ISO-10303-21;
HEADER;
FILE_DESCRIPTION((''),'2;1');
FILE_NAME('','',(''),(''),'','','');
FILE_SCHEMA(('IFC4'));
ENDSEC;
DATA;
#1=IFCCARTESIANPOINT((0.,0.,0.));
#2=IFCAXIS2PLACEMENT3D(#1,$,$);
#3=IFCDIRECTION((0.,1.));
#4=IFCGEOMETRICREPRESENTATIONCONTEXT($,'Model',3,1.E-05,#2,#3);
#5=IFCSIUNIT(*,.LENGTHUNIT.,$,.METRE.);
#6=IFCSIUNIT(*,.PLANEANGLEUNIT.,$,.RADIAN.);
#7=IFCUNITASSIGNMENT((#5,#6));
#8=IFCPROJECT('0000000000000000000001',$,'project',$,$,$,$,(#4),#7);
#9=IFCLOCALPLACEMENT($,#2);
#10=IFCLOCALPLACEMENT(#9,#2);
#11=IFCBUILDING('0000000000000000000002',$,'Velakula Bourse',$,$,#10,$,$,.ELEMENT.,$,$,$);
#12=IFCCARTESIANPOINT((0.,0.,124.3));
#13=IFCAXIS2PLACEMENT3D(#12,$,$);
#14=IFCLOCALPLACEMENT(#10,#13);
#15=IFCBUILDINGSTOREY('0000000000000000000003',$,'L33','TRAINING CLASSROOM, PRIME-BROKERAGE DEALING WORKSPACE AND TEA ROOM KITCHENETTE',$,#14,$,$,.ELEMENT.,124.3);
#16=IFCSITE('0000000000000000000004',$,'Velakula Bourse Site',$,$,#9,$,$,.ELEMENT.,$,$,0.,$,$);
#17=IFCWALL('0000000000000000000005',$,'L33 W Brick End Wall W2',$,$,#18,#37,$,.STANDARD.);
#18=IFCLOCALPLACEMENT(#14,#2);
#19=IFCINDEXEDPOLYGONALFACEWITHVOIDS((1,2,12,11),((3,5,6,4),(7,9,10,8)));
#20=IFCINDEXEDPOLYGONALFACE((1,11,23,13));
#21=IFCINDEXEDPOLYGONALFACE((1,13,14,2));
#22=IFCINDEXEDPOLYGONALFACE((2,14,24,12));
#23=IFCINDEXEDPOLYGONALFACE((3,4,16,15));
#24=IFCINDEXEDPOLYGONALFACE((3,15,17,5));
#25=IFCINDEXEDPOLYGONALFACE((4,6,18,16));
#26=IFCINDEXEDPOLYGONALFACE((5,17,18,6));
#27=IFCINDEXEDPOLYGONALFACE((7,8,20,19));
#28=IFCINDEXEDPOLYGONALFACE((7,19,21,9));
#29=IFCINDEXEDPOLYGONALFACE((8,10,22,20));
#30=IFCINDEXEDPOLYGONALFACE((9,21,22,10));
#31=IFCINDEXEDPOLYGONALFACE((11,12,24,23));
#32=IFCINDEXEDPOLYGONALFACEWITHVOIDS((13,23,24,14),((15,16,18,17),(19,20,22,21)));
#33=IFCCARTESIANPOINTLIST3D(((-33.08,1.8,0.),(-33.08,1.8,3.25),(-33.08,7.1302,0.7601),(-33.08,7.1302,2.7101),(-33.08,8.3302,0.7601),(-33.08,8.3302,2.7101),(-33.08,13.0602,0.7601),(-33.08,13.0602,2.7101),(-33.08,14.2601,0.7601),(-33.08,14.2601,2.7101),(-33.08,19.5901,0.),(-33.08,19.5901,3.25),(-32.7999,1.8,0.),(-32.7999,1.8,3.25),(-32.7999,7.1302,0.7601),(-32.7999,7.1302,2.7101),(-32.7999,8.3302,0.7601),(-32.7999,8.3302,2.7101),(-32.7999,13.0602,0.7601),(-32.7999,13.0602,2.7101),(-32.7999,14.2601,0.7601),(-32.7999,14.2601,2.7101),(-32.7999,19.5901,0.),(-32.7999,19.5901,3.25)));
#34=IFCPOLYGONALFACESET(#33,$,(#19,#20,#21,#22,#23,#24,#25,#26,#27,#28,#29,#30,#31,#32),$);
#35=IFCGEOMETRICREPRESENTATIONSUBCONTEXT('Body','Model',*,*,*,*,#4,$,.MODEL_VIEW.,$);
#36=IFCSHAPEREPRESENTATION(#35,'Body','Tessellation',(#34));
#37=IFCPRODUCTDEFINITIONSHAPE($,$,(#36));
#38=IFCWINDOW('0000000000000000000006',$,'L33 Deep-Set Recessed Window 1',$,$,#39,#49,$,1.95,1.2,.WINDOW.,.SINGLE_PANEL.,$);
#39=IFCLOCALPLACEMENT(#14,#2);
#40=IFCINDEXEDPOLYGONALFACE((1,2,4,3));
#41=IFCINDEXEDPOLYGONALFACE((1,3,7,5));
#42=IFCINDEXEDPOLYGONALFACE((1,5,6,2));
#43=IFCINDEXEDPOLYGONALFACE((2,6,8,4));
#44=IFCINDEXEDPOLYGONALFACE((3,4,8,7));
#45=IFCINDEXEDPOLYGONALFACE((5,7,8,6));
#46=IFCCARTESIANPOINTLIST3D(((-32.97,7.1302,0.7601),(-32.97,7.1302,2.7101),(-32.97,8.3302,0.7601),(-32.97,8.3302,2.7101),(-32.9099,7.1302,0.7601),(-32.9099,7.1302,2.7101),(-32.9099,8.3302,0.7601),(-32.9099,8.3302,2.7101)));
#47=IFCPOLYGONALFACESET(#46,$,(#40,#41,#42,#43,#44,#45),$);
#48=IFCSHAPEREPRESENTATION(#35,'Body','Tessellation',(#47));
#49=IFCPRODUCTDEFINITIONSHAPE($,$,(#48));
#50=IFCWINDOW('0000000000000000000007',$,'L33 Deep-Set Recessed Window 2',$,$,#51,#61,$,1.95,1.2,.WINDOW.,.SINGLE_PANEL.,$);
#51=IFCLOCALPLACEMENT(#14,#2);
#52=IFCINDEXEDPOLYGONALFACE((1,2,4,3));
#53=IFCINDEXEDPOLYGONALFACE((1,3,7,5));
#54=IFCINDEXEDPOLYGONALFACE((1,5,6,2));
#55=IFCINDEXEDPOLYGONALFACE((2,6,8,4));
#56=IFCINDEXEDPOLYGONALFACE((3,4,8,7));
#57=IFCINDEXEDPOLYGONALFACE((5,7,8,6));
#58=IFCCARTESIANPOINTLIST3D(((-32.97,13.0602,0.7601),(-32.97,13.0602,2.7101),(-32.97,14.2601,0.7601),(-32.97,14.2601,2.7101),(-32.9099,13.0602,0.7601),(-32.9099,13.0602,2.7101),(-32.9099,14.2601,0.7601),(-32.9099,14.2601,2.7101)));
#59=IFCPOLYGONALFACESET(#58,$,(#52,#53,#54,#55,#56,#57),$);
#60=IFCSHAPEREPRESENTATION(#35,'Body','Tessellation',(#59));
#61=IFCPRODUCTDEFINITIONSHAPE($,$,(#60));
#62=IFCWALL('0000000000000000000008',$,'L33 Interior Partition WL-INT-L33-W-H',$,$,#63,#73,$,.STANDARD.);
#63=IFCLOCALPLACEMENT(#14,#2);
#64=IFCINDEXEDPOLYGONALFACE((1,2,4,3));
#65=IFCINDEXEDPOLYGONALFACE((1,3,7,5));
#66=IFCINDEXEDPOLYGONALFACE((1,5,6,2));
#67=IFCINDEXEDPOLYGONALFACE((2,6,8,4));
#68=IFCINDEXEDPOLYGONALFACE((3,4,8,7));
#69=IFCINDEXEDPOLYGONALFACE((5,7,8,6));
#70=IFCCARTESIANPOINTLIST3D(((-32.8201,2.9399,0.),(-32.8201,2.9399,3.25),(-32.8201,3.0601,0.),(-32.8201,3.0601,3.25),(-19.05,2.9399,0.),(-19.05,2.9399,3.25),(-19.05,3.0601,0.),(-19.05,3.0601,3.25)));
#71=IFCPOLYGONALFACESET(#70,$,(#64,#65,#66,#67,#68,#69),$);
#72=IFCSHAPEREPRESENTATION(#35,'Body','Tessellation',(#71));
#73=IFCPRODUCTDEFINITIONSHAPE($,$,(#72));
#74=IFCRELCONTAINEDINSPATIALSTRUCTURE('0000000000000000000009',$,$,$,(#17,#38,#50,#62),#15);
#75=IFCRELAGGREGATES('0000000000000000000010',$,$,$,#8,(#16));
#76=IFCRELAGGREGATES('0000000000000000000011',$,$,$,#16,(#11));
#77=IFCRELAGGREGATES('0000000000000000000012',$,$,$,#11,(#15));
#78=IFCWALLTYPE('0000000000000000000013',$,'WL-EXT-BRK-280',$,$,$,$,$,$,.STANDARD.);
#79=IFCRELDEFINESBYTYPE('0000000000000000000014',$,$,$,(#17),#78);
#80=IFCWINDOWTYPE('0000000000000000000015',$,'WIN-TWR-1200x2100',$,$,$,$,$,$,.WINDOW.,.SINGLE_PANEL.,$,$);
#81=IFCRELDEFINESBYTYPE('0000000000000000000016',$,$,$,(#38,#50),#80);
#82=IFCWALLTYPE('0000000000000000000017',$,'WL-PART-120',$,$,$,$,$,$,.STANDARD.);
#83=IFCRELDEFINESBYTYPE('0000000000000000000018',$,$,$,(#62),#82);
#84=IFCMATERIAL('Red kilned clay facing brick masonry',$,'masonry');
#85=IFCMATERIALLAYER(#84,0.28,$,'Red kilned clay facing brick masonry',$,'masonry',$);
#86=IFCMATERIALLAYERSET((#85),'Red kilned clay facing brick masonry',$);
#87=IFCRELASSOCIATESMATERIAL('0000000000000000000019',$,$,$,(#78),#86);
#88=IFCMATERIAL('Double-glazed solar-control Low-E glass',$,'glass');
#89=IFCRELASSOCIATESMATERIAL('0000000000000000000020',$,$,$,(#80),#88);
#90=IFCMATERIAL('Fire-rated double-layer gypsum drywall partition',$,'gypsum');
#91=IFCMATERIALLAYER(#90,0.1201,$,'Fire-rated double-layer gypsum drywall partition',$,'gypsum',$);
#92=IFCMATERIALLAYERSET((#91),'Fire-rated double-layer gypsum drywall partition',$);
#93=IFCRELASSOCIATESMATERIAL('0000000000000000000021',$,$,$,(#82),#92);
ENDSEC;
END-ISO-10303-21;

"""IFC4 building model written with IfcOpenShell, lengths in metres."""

from ifc_helpers import new_model, si_unit, direction, frame, frame_2d, origin, place, context, subcontext, project, spatial, rectangle, extrude, material, layer, layer_set, type_object, element, fill, save


model = new_model("IFC4")

# Units and contexts
model_context = context("Model", 3, precision=1e-05, world=origin(), true_north=direction((0.0, 1.0)))
body_context = subcontext(model_context, "Body", "Model", "MODEL_VIEW")
ifc_project = project(units=[si_unit("LENGTHUNIT", "METRE"), si_unit("PLANEANGLEUNIT", "RADIAN")], contexts=[model_context])

# Site, building, storey
site_placement = place(None, origin())
site = spatial("IfcSite", under=ifc_project, at=site_placement, Name="Velakula Bourse Site", CompositionType="ELEMENT", RefElevation=0.0)
building_placement = place(site_placement, origin())
building = spatial("IfcBuilding", under=site, at=building_placement, Name="Velakula Bourse", CompositionType="ELEMENT")
storey_placement = place(building_placement, frame((0.0, 0.0, 124.3)))
storey = spatial("IfcBuildingStorey", under=building, at=storey_placement, Name="L33", Description="TRAINING CLASSROOM, PRIME-BROKERAGE DEALING WORKSPACE AND TEA ROOM KITCHENETTE", CompositionType="ELEMENT", Elevation=124.3)

# Wall, openings, windows
ifc_material_1 = material(Name="Red kilned clay facing brick masonry", Category="masonry")
ifc_layer_1 = layer(ifc_material_1, 0.28, Name="Red kilned clay facing brick masonry", Category="masonry")
ifc_layer_set_1 = layer_set([ifc_layer_1], Name="Red kilned clay facing brick masonry")
wall_type_1 = type_object("IfcWallType", Name="WL-EXT-BRK-280", PredefinedType="STANDARD", material=ifc_layer_set_1)
wall_1_placement = place(storey_placement, frame((-32.9399, 1.8, 0.0), z_axis=(0.0, 0.0, 1.0), x_axis=(0.0, 1.0, 0.0)))
wall_1 = element("IfcWall", 1, at=wall_1_placement, inside=storey, type_object=wall_type_1, Name="L33 W Brick End Wall W2", PredefinedType="STANDARD", context=body_context, shape_type="SweptSolid", body=[
    extrude(rectangle(XDim=17.79, YDim=0.28, at=frame_2d((8.895, 0.0))), origin(), (0.0, 0.0, 1.0), 3.25),
])
opening_1_placement = place(wall_1_placement, frame((5.3301, 0.0, 0.76)))
opening_1 = element("IfcOpeningElement", 2, at=opening_1_placement, cuts=wall_1, PredefinedType="OPENING", context=body_context, shape_type="SweptSolid", body=[
    extrude(rectangle(XDim=1.2, YDim=1.95, at=frame_2d((0.6001, 0.9751))), frame((0.0, 0.1499, 0.0), z_axis=(0.0, -1.0, 0.0), x_axis=(1.0, 0.0, 0.0)), (0.0, 0.0, 1.0), 0.3),
])
opening_2_placement = place(wall_1_placement, frame((11.26, 0.0, 0.76)))
opening_2 = element("IfcOpeningElement", 3, at=opening_2_placement, cuts=wall_1, PredefinedType="OPENING", context=body_context, shape_type="SweptSolid", body=[
    extrude(rectangle(XDim=1.2, YDim=1.95, at=frame_2d((0.6001, 0.9751))), frame((0.0, 0.1499, 0.0), z_axis=(0.0, -1.0, 0.0), x_axis=(1.0, 0.0, 0.0)), (0.0, 0.0, 1.0), 0.3),
])
ifc_material_2 = material(Name="Double-glazed solar-control Low-E glass", Category="glass")
window_type = type_object("IfcWindowType", Name="WIN-TWR-1200x2100", PartitioningType="SINGLE_PANEL", PredefinedType="WINDOW", material=ifc_material_2)
window_1_placement = place(opening_1_placement, origin())
window_1 = element("IfcWindow", 4, at=window_1_placement, inside=storey, type_object=window_type, Name="L33 Deep-Set Recessed Window 1", OverallHeight=1.95, OverallWidth=1.2, PartitioningType="SINGLE_PANEL", PredefinedType="WINDOW", context=body_context, shape_type="SweptSolid", body=[
    extrude(rectangle(XDim=1.2, YDim=1.95, at=frame_2d((0.6001, 0.9751))), frame((0.0, 0.03, 0.0), z_axis=(0.0, -1.0, 0.0), x_axis=(1.0, 0.0, 0.0)), (0.0, 0.0, 1.0), 0.0601),
])
fill(opening_1, window_1)
window_2_placement = place(opening_2_placement, origin())
window_2 = element("IfcWindow", 5, at=window_2_placement, inside=storey, type_object=window_type, Name="L33 Deep-Set Recessed Window 2", OverallHeight=1.95, OverallWidth=1.2, PartitioningType="SINGLE_PANEL", PredefinedType="WINDOW", context=body_context, shape_type="SweptSolid", body=[
    extrude(rectangle(XDim=1.2, YDim=1.95, at=frame_2d((0.6001, 0.9751))), frame((0.0, 0.03, 0.0), z_axis=(0.0, -1.0, 0.0), x_axis=(1.0, 0.0, 0.0)), (0.0, 0.0, 1.0), 0.0601),
])
fill(opening_2, window_2)

# Wall
ifc_material_3 = material(Name="Fire-rated double-layer gypsum drywall partition", Category="gypsum")
ifc_layer_2 = layer(ifc_material_3, 0.1201, Name="Fire-rated double-layer gypsum drywall partition", Category="gypsum")
ifc_layer_set_2 = layer_set([ifc_layer_2], Name="Fire-rated double-layer gypsum drywall partition")
wall_type_2 = type_object("IfcWallType", Name="WL-PART-120", PredefinedType="STANDARD", material=ifc_layer_set_2)
wall_2_placement = place(storey_placement, frame((-32.8201, 3.0, 0.0), z_axis=(0.0, 0.0, 1.0), x_axis=(1.0, 0.0, 0.0)))
element("IfcWall", 6, at=wall_2_placement, inside=storey, type_object=wall_type_2, Name="L33 Interior Partition WL-INT-L33-W-H", PredefinedType="STANDARD", context=body_context, shape_type="SweptSolid", body=[
    extrude(rectangle(XDim=13.77, YDim=0.1201, at=frame_2d((6.885, 0.0))), origin(), (0.0, 0.0, 1.0), 3.25),
])

save(model, "model.ifc")
